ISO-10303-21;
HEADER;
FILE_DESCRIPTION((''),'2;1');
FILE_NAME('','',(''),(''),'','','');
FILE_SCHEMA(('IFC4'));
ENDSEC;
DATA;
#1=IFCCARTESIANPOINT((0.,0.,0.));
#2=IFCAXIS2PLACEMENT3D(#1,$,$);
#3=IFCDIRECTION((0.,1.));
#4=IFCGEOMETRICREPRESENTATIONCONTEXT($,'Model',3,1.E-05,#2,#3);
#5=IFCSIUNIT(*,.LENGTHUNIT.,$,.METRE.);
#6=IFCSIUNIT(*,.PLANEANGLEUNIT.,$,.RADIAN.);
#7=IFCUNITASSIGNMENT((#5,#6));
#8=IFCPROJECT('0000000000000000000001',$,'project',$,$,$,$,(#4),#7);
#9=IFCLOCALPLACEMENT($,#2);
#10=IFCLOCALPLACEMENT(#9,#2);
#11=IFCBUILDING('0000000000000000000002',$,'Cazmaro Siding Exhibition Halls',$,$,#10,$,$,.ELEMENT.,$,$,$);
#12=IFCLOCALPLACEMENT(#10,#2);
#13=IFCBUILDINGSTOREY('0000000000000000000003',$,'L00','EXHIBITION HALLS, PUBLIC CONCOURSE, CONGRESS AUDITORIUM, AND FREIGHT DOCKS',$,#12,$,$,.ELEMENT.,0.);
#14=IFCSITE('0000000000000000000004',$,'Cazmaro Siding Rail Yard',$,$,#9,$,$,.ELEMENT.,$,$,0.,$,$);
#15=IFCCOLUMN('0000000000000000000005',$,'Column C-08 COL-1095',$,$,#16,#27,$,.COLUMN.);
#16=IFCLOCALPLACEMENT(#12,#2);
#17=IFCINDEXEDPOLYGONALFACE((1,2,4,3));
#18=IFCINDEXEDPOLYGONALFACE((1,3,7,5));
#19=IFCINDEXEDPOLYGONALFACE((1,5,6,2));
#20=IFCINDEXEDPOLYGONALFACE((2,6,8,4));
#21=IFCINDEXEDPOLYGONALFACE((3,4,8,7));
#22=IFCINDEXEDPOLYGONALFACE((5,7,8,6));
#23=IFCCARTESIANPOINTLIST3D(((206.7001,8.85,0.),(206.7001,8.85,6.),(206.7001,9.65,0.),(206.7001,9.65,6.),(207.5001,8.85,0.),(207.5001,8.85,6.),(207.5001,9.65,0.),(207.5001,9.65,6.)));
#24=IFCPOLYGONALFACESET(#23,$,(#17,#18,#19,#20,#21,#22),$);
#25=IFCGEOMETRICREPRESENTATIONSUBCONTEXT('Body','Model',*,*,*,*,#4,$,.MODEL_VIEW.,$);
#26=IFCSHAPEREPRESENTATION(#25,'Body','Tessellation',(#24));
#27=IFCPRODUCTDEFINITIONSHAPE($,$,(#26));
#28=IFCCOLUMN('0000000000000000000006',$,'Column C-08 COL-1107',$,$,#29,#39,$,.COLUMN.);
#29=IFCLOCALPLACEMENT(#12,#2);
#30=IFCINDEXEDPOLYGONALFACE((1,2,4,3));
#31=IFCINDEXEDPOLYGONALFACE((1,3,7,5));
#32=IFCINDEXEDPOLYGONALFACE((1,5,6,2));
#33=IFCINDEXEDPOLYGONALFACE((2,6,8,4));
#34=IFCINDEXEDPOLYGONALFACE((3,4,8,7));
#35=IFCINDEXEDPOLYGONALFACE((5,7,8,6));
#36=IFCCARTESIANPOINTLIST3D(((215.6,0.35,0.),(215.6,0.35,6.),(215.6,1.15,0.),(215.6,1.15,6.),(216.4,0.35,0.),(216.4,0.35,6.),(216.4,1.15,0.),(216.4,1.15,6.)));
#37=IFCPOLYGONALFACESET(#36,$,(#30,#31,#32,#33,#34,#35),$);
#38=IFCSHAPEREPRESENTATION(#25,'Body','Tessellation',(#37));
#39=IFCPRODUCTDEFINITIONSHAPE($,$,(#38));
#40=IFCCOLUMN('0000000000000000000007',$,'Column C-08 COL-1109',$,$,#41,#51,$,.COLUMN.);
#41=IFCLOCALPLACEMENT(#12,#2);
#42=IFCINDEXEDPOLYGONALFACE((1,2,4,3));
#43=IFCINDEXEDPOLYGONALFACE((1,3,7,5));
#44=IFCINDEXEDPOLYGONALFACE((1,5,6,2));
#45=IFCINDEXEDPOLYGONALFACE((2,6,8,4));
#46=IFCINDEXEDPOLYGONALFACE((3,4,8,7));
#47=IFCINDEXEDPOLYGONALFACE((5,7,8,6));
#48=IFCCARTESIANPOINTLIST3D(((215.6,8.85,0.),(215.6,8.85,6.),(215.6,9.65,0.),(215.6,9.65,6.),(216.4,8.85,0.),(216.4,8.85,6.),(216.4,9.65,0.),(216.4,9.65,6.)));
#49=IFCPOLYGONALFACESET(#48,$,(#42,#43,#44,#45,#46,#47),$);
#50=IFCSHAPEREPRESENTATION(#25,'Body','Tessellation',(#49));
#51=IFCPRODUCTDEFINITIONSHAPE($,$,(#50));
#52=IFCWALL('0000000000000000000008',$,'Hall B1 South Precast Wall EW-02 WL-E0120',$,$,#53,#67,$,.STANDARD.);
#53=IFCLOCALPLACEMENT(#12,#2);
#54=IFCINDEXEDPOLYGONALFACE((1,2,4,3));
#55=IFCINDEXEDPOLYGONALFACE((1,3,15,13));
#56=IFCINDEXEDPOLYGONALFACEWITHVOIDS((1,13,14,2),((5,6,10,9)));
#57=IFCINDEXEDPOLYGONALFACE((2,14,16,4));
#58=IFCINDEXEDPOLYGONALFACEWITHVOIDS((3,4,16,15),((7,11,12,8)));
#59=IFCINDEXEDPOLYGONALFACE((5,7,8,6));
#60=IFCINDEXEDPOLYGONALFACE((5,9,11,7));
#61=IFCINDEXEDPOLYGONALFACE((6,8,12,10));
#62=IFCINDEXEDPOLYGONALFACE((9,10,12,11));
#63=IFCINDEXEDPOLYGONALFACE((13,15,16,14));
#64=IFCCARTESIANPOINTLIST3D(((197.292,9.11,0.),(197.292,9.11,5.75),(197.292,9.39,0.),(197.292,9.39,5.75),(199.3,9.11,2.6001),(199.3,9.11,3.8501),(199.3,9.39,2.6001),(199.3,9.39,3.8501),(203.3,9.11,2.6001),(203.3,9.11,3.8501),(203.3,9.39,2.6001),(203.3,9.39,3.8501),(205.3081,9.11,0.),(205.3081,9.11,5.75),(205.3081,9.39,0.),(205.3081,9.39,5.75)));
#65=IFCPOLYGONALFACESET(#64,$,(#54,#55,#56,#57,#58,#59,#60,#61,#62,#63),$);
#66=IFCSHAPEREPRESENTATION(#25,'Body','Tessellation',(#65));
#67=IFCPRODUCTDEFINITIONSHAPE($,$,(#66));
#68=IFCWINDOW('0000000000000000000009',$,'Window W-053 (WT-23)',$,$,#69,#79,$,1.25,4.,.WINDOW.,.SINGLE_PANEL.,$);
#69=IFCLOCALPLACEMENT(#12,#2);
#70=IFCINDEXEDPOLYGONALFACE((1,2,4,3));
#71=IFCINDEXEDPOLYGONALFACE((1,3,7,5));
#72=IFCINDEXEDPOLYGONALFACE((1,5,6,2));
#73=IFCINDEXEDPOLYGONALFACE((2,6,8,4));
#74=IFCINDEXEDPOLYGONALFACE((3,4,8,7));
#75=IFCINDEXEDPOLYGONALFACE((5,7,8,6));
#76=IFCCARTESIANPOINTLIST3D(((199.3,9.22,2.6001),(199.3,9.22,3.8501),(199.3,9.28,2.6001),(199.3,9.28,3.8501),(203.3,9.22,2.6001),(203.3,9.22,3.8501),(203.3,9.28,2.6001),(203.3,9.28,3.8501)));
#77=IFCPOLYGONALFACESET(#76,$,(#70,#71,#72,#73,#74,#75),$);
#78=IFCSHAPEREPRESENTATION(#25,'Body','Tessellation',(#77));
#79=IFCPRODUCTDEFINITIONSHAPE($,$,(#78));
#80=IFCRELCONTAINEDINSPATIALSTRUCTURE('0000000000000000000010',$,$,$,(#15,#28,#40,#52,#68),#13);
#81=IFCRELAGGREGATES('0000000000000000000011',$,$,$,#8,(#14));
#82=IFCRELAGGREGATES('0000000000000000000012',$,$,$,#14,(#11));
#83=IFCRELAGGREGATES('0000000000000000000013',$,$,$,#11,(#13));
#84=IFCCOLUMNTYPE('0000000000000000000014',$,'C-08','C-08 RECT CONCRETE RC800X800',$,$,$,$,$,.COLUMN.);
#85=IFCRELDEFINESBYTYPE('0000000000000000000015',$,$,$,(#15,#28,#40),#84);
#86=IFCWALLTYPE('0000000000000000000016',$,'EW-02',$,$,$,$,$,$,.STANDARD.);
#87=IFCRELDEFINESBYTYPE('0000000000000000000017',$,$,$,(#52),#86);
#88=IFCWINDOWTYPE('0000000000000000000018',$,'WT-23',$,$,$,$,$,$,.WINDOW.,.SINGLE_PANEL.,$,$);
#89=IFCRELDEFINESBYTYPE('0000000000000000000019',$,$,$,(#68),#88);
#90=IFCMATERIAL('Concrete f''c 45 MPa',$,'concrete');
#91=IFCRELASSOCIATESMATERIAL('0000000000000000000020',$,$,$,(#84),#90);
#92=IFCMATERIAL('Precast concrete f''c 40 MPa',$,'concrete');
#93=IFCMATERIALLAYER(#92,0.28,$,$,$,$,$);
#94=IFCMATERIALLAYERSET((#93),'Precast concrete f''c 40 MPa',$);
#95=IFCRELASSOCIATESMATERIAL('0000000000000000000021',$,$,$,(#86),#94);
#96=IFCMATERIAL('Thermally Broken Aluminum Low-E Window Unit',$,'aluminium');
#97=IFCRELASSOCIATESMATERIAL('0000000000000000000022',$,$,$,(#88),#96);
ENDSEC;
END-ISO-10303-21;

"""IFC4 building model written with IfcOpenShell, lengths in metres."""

from ifc_helpers import new_model, si_unit, direction, frame, frame_2d, origin, origin_2d, place, context, subcontext, project, spatial, rectangle, extrude, material, layer, layer_set, material_profile, profile_set, type_object, element, fill, save


model = new_model("IFC4")

# Units and contexts
model_context = context("Model", 3, precision=1e-05, world=origin(), true_north=direction((0.0, 1.0)))
body_context = subcontext(model_context, "Body", "Model", "MODEL_VIEW")
ifc_project = project(units=[si_unit("LENGTHUNIT", "METRE"), si_unit("PLANEANGLEUNIT", "RADIAN")], contexts=[model_context])

# Site, building, storey
site_placement = place(None, origin())
site = spatial("IfcSite", under=ifc_project, at=site_placement, Name="Cazmaro Siding Rail Yard", CompositionType="ELEMENT", RefElevation=0.0)
building_placement = place(site_placement, origin())
building = spatial("IfcBuilding", under=site, at=building_placement, Name="Cazmaro Siding Exhibition Halls", CompositionType="ELEMENT")
storey_placement = place(building_placement, origin())
storey = spatial("IfcBuildingStorey", under=building, at=storey_placement, Name="L00", Description="EXHIBITION HALLS, PUBLIC CONCOURSE, CONGRESS AUDITORIUM, AND FREIGHT DOCKS", CompositionType="ELEMENT", Elevation=0.0)

# Columns
ifc_material_1 = material(Name="Concrete f'c 45 MPa", Category="concrete")
ifc_material_profile_1 = material_profile(ifc_material_1, rectangle(XDim=0.8, YDim=0.8, at=origin_2d()), Name="RC800X800")
ifc_profile_set_1 = profile_set([ifc_material_profile_1], Name="Concrete f'c 45 MPa")
column_type_1 = type_object("IfcColumnType", Name="C-08", Description="C-08 RECT CONCRETE RC800X800", PredefinedType="COLUMN", material=ifc_profile_set_1)
for number, where, z_axis, x_axis, name in (
    (1, (207.1001, 9.25, 0.0), (0.0, 0.0, 1.0), (1.0, 0.0, 0.0), "Column C-08 COL-1095"),
    (2, (216.0, 0.75, 0.0), (0.0, 0.0, 1.0), (1.0, 0.0, 0.0), "Column C-08 COL-1107"),
    (3, (216.0, 9.25, 0.0), (0.0, 0.0, 1.0), (1.0, 0.0, 0.0), "Column C-08 COL-1109"),
):
    element("IfcColumn", number, at=place(storey_placement, frame(where, z_axis=z_axis, x_axis=x_axis)), inside=storey, type_object=column_type_1, Name=name, PredefinedType="COLUMN", context=body_context, shape_type="SweptSolid", body=[
        extrude(rectangle(XDim=0.8, YDim=0.8, at=origin_2d()), origin(), (0.0, 0.0, 1.0), 6.0),
    ])

# Wall, opening, window
ifc_material_2 = material(Name="Precast concrete f'c 40 MPa", Category="concrete")
ifc_layer = layer(ifc_material_2, 0.28)
ifc_layer_set = layer_set([ifc_layer], Name="Precast concrete f'c 40 MPa")
wall_type = type_object("IfcWallType", Name="EW-02", PredefinedType="STANDARD", material=ifc_layer_set)
wall_placement = place(storey_placement, frame((205.3081, 9.25, 0.0), z_axis=(0.0, 0.0, 1.0), x_axis=(-1.0, 0.0, 0.0)))
wall = element("IfcWall", 4, at=wall_placement, inside=storey, type_object=wall_type, Name="Hall B1 South Precast Wall EW-02 WL-E0120", PredefinedType="STANDARD", context=body_context, shape_type="SweptSolid", body=[
    extrude(rectangle(XDim=8.0161, YDim=0.28, at=frame_2d((4.0081, 0.0))), origin(), (0.0, 0.0, 1.0), 5.75),
])
opening_placement = place(wall_placement, frame((2.0081, 0.0, 2.6001)))
opening = element("IfcOpeningElement", 5, at=opening_placement, cuts=wall, PredefinedType="OPENING", context=body_context, shape_type="SweptSolid", body=[
    extrude(rectangle(XDim=4.0, YDim=1.25, at=frame_2d((2.0, 0.625))), frame((0.0, 0.1499, 0.0), z_axis=(0.0, -1.0, 0.0), x_axis=(1.0, 0.0, 0.0)), (0.0, 0.0, 1.0), 0.3),
])
ifc_material_3 = material(Name="Thermally Broken Aluminum Low-E Window Unit", Category="aluminium")
window_type = type_object("IfcWindowType", Name="WT-23", PartitioningType="SINGLE_PANEL", PredefinedType="WINDOW", material=ifc_material_3)
window_placement = place(opening_placement, origin())
window = element("IfcWindow", 6, at=window_placement, inside=storey, type_object=window_type, Name="Window W-053 (WT-23)", OverallHeight=1.25, OverallWidth=4.0, PartitioningType="SINGLE_PANEL", PredefinedType="WINDOW", context=body_context, shape_type="SweptSolid", body=[
    extrude(rectangle(XDim=4.0, YDim=1.25, at=frame_2d((2.0, 0.625))), frame((0.0, 0.03, 0.0), z_axis=(0.0, -1.0, 0.0), x_axis=(1.0, 0.0, 0.0)), (0.0, 0.0, 1.0), 0.0601),
])
fill(opening, window)

save(model, "model.ifc")
